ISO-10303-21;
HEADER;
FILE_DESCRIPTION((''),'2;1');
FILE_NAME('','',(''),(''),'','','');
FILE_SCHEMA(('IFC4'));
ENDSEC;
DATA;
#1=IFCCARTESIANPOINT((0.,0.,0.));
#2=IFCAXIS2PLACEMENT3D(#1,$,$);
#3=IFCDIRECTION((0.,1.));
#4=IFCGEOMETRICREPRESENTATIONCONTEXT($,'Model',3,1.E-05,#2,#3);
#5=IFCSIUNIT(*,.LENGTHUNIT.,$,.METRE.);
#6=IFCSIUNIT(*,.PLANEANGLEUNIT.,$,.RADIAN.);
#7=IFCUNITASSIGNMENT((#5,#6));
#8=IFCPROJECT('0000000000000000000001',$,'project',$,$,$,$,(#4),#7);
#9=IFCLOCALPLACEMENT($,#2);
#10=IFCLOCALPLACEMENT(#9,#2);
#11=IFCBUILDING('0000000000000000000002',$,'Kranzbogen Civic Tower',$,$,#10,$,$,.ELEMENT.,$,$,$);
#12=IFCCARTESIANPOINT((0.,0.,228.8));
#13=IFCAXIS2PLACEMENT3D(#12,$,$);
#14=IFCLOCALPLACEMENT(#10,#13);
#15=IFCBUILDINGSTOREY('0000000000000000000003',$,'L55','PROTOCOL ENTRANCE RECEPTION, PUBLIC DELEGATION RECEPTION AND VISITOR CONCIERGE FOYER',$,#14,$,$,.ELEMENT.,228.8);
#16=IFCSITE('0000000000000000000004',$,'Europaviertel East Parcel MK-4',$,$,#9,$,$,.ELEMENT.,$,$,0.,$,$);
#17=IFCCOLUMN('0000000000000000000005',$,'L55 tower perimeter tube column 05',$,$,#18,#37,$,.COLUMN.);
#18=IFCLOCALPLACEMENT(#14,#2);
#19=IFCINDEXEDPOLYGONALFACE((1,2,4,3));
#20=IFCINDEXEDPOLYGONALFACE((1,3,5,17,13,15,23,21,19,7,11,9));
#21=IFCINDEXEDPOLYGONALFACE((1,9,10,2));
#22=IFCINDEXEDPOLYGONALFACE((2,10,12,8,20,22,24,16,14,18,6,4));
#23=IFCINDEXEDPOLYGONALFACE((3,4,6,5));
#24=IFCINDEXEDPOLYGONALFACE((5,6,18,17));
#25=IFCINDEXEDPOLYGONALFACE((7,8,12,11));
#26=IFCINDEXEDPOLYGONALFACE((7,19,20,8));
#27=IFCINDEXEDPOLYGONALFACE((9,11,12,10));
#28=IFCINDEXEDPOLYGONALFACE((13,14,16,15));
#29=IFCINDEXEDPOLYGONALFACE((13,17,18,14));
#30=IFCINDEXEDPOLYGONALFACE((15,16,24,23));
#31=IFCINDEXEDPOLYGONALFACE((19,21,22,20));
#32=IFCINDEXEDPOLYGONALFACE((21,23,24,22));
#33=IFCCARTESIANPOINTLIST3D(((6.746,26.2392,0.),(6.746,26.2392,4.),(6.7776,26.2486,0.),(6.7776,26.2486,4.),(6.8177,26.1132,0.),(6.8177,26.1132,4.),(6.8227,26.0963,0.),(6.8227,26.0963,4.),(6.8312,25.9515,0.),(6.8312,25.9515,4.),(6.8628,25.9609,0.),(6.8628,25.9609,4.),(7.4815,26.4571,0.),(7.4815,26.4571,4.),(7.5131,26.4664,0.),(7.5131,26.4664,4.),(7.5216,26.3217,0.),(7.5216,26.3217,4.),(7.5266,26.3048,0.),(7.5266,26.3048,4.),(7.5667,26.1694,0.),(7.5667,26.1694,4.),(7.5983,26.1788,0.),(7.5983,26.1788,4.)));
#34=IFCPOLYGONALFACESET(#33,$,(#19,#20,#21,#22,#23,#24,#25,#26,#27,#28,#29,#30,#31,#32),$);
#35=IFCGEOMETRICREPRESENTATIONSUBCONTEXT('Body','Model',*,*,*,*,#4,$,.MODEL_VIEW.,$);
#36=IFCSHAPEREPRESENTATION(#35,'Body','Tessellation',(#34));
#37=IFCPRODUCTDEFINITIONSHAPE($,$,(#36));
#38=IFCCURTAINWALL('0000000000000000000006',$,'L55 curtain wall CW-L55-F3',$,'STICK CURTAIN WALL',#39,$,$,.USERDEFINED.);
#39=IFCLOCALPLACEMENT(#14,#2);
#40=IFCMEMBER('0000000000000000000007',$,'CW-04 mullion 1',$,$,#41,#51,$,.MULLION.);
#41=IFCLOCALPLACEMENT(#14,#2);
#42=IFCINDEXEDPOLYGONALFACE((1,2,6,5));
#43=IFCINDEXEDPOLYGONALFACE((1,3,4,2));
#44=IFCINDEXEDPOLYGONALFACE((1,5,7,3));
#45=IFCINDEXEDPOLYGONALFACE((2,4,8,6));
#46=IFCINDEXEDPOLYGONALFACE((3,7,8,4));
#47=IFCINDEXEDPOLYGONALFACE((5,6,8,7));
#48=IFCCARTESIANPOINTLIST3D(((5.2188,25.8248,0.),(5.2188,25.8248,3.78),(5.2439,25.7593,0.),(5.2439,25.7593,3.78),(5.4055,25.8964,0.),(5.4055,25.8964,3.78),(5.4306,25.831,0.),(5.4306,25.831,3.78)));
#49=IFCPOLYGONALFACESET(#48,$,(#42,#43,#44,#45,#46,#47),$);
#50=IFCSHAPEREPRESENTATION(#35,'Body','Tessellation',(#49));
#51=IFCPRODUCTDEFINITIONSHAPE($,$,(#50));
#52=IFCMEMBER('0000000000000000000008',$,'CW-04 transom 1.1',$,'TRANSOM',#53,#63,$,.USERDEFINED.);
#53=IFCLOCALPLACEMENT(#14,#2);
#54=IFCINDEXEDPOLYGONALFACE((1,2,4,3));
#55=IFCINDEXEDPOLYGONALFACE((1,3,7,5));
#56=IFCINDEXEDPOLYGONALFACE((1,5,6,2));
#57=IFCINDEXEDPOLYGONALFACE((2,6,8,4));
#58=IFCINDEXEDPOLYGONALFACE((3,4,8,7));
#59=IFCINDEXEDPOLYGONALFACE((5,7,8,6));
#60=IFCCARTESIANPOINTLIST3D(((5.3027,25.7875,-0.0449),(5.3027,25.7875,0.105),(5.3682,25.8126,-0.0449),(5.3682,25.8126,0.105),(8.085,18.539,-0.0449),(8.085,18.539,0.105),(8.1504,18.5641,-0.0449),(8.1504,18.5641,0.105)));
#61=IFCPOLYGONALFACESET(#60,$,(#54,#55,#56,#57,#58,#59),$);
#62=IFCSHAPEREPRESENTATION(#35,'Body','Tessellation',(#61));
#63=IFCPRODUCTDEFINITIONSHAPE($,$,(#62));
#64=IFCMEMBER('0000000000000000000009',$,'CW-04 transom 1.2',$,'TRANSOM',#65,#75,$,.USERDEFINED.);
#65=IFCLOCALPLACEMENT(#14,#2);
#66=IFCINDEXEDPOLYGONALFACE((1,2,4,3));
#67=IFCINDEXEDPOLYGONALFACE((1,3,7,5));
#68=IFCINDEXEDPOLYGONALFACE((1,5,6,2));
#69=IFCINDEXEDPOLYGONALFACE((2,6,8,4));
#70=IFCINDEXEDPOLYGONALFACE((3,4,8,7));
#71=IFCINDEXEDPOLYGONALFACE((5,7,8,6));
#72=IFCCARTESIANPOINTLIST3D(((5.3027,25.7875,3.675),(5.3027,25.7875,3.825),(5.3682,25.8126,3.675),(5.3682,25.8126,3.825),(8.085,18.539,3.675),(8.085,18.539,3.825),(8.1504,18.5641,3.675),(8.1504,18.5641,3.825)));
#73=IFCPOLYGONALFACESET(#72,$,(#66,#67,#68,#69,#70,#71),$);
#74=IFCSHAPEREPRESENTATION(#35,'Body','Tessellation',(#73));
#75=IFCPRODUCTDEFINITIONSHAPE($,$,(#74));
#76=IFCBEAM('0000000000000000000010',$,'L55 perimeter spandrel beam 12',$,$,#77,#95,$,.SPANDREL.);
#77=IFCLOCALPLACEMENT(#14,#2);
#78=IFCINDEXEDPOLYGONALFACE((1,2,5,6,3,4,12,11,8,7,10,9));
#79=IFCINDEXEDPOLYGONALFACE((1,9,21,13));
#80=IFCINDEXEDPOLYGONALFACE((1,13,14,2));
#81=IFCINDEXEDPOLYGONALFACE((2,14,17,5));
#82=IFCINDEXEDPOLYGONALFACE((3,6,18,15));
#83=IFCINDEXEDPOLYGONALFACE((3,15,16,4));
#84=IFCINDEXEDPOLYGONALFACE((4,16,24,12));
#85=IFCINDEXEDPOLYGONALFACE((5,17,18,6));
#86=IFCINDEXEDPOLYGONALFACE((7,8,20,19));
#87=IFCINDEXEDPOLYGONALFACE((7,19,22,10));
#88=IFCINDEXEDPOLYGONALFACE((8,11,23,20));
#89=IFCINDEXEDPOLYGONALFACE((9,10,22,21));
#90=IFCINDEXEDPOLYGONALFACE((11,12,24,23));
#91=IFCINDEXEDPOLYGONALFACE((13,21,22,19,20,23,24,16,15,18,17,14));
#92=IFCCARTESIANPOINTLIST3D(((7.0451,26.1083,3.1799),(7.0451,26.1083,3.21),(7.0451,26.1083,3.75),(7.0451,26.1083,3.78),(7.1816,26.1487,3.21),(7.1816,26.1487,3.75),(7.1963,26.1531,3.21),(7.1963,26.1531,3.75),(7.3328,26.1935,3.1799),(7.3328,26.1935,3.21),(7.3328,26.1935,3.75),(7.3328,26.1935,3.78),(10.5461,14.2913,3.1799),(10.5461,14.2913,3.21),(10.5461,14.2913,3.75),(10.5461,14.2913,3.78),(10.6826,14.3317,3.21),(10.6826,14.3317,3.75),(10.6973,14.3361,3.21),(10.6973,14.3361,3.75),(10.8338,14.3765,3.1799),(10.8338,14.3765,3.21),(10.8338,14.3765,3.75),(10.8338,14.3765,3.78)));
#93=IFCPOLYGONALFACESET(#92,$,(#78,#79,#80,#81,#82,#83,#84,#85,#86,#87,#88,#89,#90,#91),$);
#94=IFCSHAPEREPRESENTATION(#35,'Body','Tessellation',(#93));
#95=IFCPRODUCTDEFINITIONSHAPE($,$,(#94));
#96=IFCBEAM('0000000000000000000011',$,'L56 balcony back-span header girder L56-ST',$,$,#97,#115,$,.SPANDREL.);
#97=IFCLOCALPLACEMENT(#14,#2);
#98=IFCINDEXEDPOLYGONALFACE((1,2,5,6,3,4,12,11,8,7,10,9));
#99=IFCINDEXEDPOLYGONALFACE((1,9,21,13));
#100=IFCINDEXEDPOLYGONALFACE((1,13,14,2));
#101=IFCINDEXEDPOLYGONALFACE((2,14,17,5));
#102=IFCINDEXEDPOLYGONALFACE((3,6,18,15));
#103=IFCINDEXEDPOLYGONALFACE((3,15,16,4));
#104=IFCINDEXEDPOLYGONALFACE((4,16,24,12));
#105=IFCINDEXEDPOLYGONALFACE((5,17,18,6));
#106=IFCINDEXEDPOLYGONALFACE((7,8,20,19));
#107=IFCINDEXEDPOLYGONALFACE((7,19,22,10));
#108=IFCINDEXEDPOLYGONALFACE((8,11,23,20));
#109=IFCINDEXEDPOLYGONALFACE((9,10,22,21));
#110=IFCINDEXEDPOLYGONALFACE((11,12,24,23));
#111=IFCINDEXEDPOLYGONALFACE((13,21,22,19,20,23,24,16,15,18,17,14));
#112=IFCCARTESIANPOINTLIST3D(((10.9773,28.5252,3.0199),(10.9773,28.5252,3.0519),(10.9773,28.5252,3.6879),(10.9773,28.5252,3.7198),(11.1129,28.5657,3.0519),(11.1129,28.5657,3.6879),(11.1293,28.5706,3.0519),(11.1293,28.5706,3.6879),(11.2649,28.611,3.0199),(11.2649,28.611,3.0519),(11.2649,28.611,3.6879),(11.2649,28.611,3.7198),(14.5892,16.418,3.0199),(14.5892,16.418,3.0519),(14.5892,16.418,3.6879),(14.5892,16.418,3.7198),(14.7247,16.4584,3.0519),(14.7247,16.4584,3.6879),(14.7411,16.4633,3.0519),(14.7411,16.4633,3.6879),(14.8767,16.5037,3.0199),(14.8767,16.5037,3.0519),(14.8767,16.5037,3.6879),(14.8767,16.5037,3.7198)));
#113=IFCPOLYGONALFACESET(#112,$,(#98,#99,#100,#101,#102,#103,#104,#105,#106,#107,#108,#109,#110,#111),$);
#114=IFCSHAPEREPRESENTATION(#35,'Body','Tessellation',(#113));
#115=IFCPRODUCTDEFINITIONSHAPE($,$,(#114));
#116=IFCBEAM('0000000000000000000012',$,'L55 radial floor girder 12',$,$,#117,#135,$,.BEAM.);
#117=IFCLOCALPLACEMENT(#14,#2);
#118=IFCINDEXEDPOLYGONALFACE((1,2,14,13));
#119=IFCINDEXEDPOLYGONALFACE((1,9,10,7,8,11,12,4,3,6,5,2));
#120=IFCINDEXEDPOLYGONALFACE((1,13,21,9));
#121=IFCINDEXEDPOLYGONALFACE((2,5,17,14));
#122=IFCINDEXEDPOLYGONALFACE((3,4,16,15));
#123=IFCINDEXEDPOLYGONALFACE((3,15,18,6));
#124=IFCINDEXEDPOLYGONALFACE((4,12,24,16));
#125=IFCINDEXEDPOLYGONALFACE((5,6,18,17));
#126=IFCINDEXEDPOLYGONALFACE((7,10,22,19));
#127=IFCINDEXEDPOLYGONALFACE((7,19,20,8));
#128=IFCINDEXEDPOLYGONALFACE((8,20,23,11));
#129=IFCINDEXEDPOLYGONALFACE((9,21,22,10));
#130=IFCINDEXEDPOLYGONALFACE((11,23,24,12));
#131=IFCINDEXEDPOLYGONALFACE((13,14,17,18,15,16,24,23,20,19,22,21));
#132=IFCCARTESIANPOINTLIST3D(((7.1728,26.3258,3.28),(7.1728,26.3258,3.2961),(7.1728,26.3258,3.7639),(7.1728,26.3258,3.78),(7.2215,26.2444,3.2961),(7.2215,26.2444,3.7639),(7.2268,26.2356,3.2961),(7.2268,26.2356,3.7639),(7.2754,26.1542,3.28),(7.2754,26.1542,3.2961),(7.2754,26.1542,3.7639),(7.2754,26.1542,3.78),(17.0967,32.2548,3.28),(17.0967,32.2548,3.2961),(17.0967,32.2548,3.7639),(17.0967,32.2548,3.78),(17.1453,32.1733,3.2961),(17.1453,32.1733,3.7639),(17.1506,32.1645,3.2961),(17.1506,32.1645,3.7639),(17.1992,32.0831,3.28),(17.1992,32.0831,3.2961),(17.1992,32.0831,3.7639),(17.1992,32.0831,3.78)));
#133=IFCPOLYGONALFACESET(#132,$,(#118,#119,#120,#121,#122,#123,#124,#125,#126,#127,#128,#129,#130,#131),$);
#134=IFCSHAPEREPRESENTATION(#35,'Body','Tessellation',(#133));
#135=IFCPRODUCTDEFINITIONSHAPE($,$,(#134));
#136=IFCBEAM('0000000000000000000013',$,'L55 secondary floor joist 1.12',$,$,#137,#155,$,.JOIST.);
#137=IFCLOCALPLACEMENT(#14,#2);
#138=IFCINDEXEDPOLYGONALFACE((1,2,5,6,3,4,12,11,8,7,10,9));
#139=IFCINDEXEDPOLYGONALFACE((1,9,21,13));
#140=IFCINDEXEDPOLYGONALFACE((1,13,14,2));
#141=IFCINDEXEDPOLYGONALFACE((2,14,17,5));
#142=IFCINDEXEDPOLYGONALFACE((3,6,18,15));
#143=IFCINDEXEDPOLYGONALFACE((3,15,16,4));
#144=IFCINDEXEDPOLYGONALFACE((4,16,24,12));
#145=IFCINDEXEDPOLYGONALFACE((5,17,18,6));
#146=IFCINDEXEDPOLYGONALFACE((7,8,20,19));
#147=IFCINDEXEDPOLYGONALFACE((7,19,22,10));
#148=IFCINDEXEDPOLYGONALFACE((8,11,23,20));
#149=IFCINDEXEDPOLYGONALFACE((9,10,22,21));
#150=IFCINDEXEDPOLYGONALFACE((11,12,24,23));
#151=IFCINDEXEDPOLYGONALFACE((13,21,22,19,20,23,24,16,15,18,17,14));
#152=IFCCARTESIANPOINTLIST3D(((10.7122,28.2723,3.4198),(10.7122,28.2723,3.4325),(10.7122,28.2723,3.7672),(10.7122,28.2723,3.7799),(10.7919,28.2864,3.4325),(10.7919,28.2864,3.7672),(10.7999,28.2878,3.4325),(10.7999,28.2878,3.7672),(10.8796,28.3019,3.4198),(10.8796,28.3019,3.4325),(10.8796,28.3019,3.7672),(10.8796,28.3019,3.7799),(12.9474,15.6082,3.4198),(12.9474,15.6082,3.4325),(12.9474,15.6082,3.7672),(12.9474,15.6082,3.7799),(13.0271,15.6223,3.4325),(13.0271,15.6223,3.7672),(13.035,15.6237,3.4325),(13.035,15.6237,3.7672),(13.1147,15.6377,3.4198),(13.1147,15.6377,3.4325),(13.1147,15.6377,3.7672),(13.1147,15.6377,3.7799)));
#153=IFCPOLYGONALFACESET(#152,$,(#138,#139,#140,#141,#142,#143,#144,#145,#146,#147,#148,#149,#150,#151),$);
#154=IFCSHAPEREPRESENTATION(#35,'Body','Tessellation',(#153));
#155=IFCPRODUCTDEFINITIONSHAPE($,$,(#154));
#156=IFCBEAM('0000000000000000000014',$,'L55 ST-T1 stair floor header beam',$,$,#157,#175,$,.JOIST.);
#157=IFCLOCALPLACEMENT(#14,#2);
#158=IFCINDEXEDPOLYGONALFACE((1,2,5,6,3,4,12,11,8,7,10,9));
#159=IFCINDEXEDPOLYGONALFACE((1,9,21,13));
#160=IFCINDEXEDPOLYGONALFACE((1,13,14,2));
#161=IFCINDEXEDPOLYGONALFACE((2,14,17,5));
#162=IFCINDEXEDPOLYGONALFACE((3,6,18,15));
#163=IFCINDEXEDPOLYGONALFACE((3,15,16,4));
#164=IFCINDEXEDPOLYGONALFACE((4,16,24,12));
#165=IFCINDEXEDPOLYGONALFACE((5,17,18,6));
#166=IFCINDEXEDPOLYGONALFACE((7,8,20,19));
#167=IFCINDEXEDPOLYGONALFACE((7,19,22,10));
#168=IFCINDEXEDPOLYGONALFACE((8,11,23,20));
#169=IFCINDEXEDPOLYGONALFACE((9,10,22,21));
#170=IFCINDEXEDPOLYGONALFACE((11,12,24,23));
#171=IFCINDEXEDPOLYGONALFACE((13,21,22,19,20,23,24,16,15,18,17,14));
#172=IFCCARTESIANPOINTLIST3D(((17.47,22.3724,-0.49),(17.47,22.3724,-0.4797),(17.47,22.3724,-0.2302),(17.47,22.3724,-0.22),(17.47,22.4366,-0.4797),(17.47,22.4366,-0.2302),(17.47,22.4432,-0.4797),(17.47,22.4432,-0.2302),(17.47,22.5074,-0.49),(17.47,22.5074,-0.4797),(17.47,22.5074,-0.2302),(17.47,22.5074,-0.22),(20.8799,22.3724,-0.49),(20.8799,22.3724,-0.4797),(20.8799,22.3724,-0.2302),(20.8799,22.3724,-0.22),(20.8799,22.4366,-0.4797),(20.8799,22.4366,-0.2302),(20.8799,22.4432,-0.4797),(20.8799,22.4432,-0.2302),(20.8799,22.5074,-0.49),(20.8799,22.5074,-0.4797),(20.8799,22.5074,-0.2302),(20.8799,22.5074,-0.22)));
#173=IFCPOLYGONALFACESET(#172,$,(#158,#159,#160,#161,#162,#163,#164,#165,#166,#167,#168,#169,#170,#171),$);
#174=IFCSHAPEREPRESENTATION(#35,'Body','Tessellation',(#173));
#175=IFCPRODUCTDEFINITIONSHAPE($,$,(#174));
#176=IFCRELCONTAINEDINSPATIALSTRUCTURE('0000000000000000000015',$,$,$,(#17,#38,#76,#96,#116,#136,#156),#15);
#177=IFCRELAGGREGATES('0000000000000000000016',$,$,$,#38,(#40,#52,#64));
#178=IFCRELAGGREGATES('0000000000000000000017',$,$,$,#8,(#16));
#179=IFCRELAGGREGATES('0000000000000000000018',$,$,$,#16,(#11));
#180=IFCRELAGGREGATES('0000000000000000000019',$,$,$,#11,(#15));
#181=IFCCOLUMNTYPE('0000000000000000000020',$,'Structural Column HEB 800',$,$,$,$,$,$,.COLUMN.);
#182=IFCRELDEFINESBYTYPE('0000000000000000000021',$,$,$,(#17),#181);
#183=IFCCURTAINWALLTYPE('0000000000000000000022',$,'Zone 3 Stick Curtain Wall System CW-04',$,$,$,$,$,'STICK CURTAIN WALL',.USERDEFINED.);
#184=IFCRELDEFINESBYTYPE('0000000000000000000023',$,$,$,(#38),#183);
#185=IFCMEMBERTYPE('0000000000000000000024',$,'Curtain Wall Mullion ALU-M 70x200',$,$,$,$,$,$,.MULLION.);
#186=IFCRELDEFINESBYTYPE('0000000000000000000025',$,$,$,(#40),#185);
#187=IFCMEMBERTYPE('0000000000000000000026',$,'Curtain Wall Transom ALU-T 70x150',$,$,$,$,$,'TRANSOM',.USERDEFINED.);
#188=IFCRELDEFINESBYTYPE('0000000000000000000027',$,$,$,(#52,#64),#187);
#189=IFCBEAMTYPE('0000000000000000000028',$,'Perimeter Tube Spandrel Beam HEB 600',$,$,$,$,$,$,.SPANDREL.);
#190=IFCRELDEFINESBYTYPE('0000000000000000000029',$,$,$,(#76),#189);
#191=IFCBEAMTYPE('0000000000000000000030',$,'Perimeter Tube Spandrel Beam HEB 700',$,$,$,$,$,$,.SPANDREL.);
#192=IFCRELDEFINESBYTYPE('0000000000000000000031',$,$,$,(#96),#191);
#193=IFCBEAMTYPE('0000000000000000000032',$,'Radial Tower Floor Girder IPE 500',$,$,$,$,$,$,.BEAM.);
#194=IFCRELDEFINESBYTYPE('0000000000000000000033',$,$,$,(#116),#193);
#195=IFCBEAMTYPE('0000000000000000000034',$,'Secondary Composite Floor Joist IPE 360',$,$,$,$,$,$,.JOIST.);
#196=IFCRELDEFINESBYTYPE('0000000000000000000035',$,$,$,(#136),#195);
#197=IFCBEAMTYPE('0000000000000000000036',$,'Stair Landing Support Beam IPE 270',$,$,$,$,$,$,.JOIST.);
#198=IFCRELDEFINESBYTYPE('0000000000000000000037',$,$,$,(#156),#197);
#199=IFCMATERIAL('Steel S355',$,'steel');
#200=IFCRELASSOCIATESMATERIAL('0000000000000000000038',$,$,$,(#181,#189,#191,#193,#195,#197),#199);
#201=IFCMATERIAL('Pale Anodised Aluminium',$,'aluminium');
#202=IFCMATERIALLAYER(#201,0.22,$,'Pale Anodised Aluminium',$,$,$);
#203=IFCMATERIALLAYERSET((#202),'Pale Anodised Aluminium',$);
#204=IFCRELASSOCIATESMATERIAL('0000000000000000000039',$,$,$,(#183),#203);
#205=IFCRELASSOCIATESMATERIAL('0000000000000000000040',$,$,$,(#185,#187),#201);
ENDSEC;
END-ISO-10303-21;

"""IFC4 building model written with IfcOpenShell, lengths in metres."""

from ifc_helpers import new_model, si_unit, direction, frame, origin, origin_2d, place, context, subcontext, project, spatial, rectangle, i_section, extrude, material, layer, layer_set, material_profile, profile_set, type_object, element, aggregate, save


model = new_model("IFC4")

# Units and contexts
model_context = context("Model", 3, precision=1e-05, world=origin(), true_north=direction((0.0, 1.0)))
body_context = subcontext(model_context, "Body", "Model", "MODEL_VIEW")
ifc_project = project(units=[si_unit("LENGTHUNIT", "METRE"), si_unit("PLANEANGLEUNIT", "RADIAN")], contexts=[model_context])

# Site, building, storey
site_placement = place(None, origin())
site = spatial("IfcSite", under=ifc_project, at=site_placement, Name="Europaviertel East Parcel MK-4", CompositionType="ELEMENT", RefElevation=0.0)
building_placement = place(site_placement, origin())
building = spatial("IfcBuilding", under=site, at=building_placement, Name="Kranzbogen Civic Tower", CompositionType="ELEMENT")
storey_placement = place(building_placement, frame((0.0, 0.0, 228.8)))
storey = spatial("IfcBuildingStorey", under=building, at=storey_placement, Name="L55", Description="PROTOCOL ENTRANCE RECEPTION, PUBLIC DELEGATION RECEPTION AND VISITOR CONCIERGE FOYER", CompositionType="ELEMENT", Elevation=228.8)

# Column
ifc_material_1 = material(Name="Steel S355", Category="steel")
ifc_material_profile_1 = material_profile(ifc_material_1, i_section(OverallWidth=0.3, OverallDepth=0.8, WebThickness=0.0176, FlangeThickness=0.033, at=origin_2d()), Name="HEB 800")
ifc_profile_set_1 = profile_set([ifc_material_profile_1], Name="Steel S355")
column_type = type_object("IfcColumnType", Name="Structural Column HEB 800", PredefinedType="COLUMN", material=ifc_profile_set_1)
column_placement = place(storey_placement, frame((7.1721, 26.209, 0.0), z_axis=(0.0, 0.0, 1.0), x_axis=(-0.284015, 0.95882, 0.0)))
element("IfcColumn", 1, at=column_placement, inside=storey, type_object=column_type, Name="L55 tower perimeter tube column 05", PredefinedType="COLUMN", context=body_context, shape_type="SweptSolid", body=[
    extrude(i_section(OverallWidth=0.3, OverallDepth=0.8, WebThickness=0.0176, FlangeThickness=0.033, at=origin_2d()), origin(), (0.0, 0.0, 1.0), 4.0),
])

# Curtain wall, members
ifc_material_2 = material(Name="Pale Anodised Aluminium", Category="aluminium")
ifc_layer_1 = layer(ifc_material_2, 0.22, Name="Pale Anodised Aluminium")
ifc_layer_set_1 = layer_set([ifc_layer_1], Name="Pale Anodised Aluminium")
curtain_wall_type = type_object("IfcCurtainWallType", Name="Zone 3 Stick Curtain Wall System CW-04", ElementType="STICK CURTAIN WALL", PredefinedType="USERDEFINED", material=ifc_layer_set_1)
curtain_wall_placement = place(storey_placement, origin())
curtain_wall = element("IfcCurtainWall", 2, at=curtain_wall_placement, inside=storey, type_object=curtain_wall_type, Name="L55 curtain wall CW-L55-F3", ObjectType="STICK CURTAIN WALL", PredefinedType="USERDEFINED")
ifc_material_profile_2 = material_profile(ifc_material_2, rectangle(XDim=0.0701, YDim=0.2, at=origin_2d()), Name="ALU-M 70x200")
ifc_profile_set_2 = profile_set([ifc_material_profile_2], Name="Pale Anodised Aluminium")
member_type_1 = type_object("IfcMemberType", Name="Curtain Wall Mullion ALU-M 70x200", PredefinedType="MULLION", material=ifc_profile_set_2)
member_1_placement = place(storey_placement, frame((5.3247, 25.8279, 0.0), z_axis=(0.0, 0.0, 1.0), x_axis=(0.358348, -0.933588, 0.0)))
member_1 = element("IfcMember", 3, at=member_1_placement, type_object=member_type_1, Name="CW-04 mullion 1", PredefinedType="MULLION", context=body_context, shape_type="SweptSolid", body=[
    extrude(rectangle(XDim=0.0701, YDim=0.2, at=origin_2d()), origin(), (0.0, 0.0, 1.0), 3.78),
])
ifc_material_profile_3 = material_profile(ifc_material_2, rectangle(XDim=0.0701, YDim=0.1499, at=origin_2d()), Name="ALU-T 70x150")
ifc_profile_set_3 = profile_set([ifc_material_profile_3], Name="Pale Anodised Aluminium")
member_type_2 = type_object("IfcMemberType", Name="Curtain Wall Transom ALU-T 70x150", ElementType="TRANSOM", PredefinedType="USERDEFINED", material=ifc_profile_set_3)
member_2_placement = place(storey_placement, frame((5.3354, 25.8, 0.03), z_axis=(0.358343, -0.93359, 0.0), x_axis=(0.93359, 0.358343, 0.0)))
member_2 = element("IfcMember", 4, at=member_2_placement, type_object=member_type_2, Name="CW-04 transom 1.1", ObjectType="TRANSOM", PredefinedType="USERDEFINED", context=body_context, shape_type="SweptSolid", body=[
    extrude(rectangle(XDim=0.0701, YDim=0.1499, at=origin_2d()), origin(), (0.0, 0.0, 1.0), 7.7642),
])
member_3_placement = place(storey_placement, frame((5.3354, 25.8, 3.75), z_axis=(0.358343, -0.93359, 0.0), x_axis=(0.93359, 0.358343, 0.0)))
member_3 = element("IfcMember", 5, at=member_3_placement, type_object=member_type_2, Name="CW-04 transom 1.2", ObjectType="TRANSOM", PredefinedType="USERDEFINED", context=body_context, shape_type="SweptSolid", body=[
    extrude(rectangle(XDim=0.0701, YDim=0.1499, at=origin_2d()), origin(), (0.0, 0.0, 1.0), 7.7642),
])
aggregate(curtain_wall, [member_1, member_2, member_3])

# Beams
ifc_material_profile_4 = material_profile(ifc_material_1, i_section(OverallWidth=0.3, OverallDepth=0.6001, WebThickness=0.0154, FlangeThickness=0.03, at=origin_2d()), Name="HEB 600")
ifc_profile_set_4 = profile_set([ifc_material_profile_4], Name="Steel S355")
beam_type_1 = type_object("IfcBeamType", Name="Perimeter Tube Spandrel Beam HEB 600", PredefinedType="SPANDREL", material=ifc_profile_set_4)
beam_1_placement = place(storey_placement, frame((7.189, 26.1509, 3.48), z_axis=(0.284064, -0.958805, 0.0), x_axis=(0.958805, 0.284064, 0.0)))
element("IfcBeam", 6, at=beam_1_placement, inside=storey, type_object=beam_type_1, Name="L55 perimeter spandrel beam 12", PredefinedType="SPANDREL", context=body_context, shape_type="SweptSolid", body=[
    extrude(i_section(OverallWidth=0.3, OverallDepth=0.6001, WebThickness=0.0154, FlangeThickness=0.03, at=origin_2d()), origin(), (0.0, 0.0, 1.0), 12.3247),
])
ifc_material_profile_5 = material_profile(ifc_material_1, i_section(OverallWidth=0.3, OverallDepth=0.7, WebThickness=0.0171, FlangeThickness=0.032, at=origin_2d()), Name="HEB 700")
ifc_profile_set_5 = profile_set([ifc_material_profile_5], Name="Steel S355")
beam_type_2 = type_object("IfcBeamType", Name="Perimeter Tube Spandrel Beam HEB 700", PredefinedType="SPANDREL", material=ifc_profile_set_5)
beam_2_placement = place(storey_placement, frame((11.1211, 28.5681, 3.3699), z_axis=(0.285871, -0.958268, 0.0), x_axis=(0.958268, 0.285871, 0.0)))
element("IfcBeam", 7, at=beam_2_placement, inside=storey, type_object=beam_type_2, Name="L56 balcony back-span header girder L56-ST", PredefinedType="SPANDREL", context=body_context, shape_type="SweptSolid", body=[
    extrude(i_section(OverallWidth=0.3, OverallDepth=0.7, WebThickness=0.0171, FlangeThickness=0.032, at=origin_2d()), origin(), (0.0, 0.0, 1.0), 12.6345),
])
ifc_material_profile_6 = material_profile(ifc_material_1, i_section(OverallWidth=0.2, OverallDepth=0.5, WebThickness=0.0103, FlangeThickness=0.0161, at=origin_2d()), Name="IPE 500")
ifc_profile_set_6 = profile_set([ifc_material_profile_6], Name="Steel S355")
beam_type_3 = type_object("IfcBeamType", Name="Radial Tower Floor Girder IPE 500", PredefinedType="BEAM", material=ifc_profile_set_6)
beam_3_placement = place(storey_placement, frame((7.2241, 26.24, 3.53), z_axis=(0.858459, 0.512883, 0.0), x_axis=(-0.512883, 0.858459, 0.0)))
element("IfcBeam", 8, at=beam_3_placement, inside=storey, type_object=beam_type_3, Name="L55 radial floor girder 12", PredefinedType="BEAM", context=body_context, shape_type="SweptSolid", body=[
    extrude(i_section(OverallWidth=0.2, OverallDepth=0.5, WebThickness=0.0103, FlangeThickness=0.0161, at=origin_2d()), origin(), (0.0, 0.0, 1.0), 11.5601),
])
ifc_material_profile_7 = material_profile(ifc_material_1, i_section(OverallWidth=0.1699, OverallDepth=0.3601, WebThickness=0.0081, FlangeThickness=0.0127, at=origin_2d()), Name="IPE 360")
ifc_profile_set_7 = profile_set([ifc_material_profile_7], Name="Steel S355")
beam_type_4 = type_object("IfcBeamType", Name="Secondary Composite Floor Joist IPE 360", PredefinedType="JOIST", material=ifc_profile_set_7)
beam_4_placement = place(storey_placement, frame((10.7959, 28.2871, 3.5999), z_axis=(0.173806, -0.98478, 0.0), x_axis=(0.98478, 0.173806, 0.0)))
element("IfcBeam", 9, at=beam_4_placement, inside=storey, type_object=beam_type_4, Name="L55 secondary floor joist 1.12", PredefinedType="JOIST", context=body_context, shape_type="SweptSolid", body=[
    extrude(i_section(OverallWidth=0.1699, OverallDepth=0.3601, WebThickness=0.0081, FlangeThickness=0.0127, at=origin_2d()), origin(), (0.0, 0.0, 1.0), 12.8599),
])
ifc_material_profile_8 = material_profile(ifc_material_1, i_section(OverallWidth=0.135, OverallDepth=0.27, WebThickness=0.0066, FlangeThickness=0.0103, at=origin_2d()), Name="IPE 270")
ifc_profile_set_8 = profile_set([ifc_material_profile_8], Name="Steel S355")
beam_type_5 = type_object("IfcBeamType", Name="Stair Landing Support Beam IPE 270", PredefinedType="JOIST", material=ifc_profile_set_8)
for number, where, z_axis, x_axis, name in (
    (10, (20.8799, 22.4399, -0.355), (-1.0, 0.0, 0.0), (0.0, -1.0, 0.0), "L55 ST-T1 stair floor header beam"),
):
    element("IfcBeam", number, at=place(storey_placement, frame(where, z_axis=z_axis, x_axis=x_axis)), inside=storey, type_object=beam_type_5, Name=name, PredefinedType="JOIST", context=body_context, shape_type="SweptSolid", body=[
        extrude(i_section(OverallWidth=0.135, OverallDepth=0.27, WebThickness=0.0066, FlangeThickness=0.0103, at=origin_2d()), origin(), (0.0, 0.0, 1.0), 3.4099),
    ])

save(model, "model.ifc")
